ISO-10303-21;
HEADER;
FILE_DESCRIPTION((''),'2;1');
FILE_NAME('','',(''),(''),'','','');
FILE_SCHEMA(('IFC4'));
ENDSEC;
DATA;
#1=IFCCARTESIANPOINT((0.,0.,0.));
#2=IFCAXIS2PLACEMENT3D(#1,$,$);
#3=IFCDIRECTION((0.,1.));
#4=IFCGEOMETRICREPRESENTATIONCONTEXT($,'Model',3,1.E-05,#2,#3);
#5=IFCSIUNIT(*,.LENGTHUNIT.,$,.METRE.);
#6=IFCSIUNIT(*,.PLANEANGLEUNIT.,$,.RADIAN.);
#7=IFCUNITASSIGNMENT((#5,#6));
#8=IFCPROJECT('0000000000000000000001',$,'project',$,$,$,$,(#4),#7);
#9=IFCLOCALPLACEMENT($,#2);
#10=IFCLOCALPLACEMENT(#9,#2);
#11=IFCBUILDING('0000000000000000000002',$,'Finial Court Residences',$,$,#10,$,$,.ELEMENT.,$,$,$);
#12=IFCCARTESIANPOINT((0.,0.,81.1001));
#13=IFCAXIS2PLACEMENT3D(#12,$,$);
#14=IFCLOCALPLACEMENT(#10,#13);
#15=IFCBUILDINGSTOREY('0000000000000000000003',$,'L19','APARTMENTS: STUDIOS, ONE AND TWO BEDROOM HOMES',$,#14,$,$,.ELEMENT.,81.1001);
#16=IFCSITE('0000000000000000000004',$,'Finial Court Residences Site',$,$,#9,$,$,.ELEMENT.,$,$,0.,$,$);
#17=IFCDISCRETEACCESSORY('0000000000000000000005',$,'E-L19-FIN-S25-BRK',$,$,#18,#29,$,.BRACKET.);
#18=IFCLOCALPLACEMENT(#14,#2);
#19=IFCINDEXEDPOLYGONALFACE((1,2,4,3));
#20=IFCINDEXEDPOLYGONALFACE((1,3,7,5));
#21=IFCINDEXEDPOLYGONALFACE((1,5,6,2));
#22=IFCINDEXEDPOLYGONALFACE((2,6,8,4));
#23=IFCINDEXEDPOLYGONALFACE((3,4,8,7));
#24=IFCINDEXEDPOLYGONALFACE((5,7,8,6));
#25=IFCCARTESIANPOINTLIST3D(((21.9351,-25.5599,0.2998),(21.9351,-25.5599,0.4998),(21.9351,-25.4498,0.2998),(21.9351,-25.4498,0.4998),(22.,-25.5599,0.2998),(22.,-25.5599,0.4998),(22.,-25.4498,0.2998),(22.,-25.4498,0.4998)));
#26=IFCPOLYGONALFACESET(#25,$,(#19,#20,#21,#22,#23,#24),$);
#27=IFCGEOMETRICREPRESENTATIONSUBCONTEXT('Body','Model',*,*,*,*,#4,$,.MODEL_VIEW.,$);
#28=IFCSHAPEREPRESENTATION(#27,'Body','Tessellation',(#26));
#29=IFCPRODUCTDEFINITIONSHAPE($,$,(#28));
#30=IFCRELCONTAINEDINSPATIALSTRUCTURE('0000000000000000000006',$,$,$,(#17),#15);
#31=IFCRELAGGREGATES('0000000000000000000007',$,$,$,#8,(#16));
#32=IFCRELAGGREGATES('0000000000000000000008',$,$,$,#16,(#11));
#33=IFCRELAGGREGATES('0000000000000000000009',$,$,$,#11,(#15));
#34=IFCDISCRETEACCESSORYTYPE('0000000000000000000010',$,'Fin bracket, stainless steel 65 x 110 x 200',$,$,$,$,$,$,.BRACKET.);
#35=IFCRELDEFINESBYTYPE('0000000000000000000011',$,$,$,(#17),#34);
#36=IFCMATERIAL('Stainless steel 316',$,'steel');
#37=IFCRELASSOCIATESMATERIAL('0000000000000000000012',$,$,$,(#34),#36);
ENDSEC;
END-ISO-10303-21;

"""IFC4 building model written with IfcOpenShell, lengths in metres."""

from ifc_helpers import new_model, si_unit, direction, frame, origin, origin_2d, place, context, subcontext, project, spatial, rectangle, extrude, material, type_object, element, save


model = new_model("IFC4")

# Units and contexts
model_context = context("Model", 3, precision=1e-05, world=origin(), true_north=direction((0.0, 1.0)))
body_context = subcontext(model_context, "Body", "Model", "MODEL_VIEW")
ifc_project = project(units=[si_unit("LENGTHUNIT", "METRE"), si_unit("PLANEANGLEUNIT", "RADIAN")], contexts=[model_context])

# Site, building, storey
site_placement = place(None, origin())
site = spatial("IfcSite", under=ifc_project, at=site_placement, Name="Finial Court Residences Site", CompositionType="ELEMENT", RefElevation=0.0)
building_placement = place(site_placement, origin())
building = spatial("IfcBuilding", under=site, at=building_placement, Name="Finial Court Residences", CompositionType="ELEMENT")
storey_placement = place(building_placement, frame((0.0, 0.0, 81.1001)))
storey = spatial("IfcBuildingStorey", under=building, at=storey_placement, Name="L19", Description="APARTMENTS: STUDIOS, ONE AND TWO BEDROOM HOMES", CompositionType="ELEMENT", Elevation=81.1001)

# Discrete accessory
ifc_material_1 = material(Name="Stainless steel 316", Category="steel")
discrete_accessory_type = type_object("IfcDiscreteAccessoryType", Name="Fin bracket, stainless steel 65 x 110 x 200", PredefinedType="BRACKET", material=ifc_material_1)
for number, where, z_axis, x_axis, name in (
    (1, (21.9675, -25.5049, 0.2998), (0.0, 0.0, 1.0), (1.0, 0.0, 0.0), "E-L19-FIN-S25-BRK"),
):
    element("IfcDiscreteAccessory", number, at=place(storey_placement, frame(where, z_axis=z_axis, x_axis=x_axis)), inside=storey, type_object=discrete_accessory_type, Name=name, PredefinedType="BRACKET", context=body_context, shape_type="SweptSolid", body=[
        extrude(rectangle(XDim=0.0649, YDim=0.1101, at=origin_2d()), origin(), (0.0, 0.0, 1.0), 0.2),
    ])

save(model, "model.ifc")
